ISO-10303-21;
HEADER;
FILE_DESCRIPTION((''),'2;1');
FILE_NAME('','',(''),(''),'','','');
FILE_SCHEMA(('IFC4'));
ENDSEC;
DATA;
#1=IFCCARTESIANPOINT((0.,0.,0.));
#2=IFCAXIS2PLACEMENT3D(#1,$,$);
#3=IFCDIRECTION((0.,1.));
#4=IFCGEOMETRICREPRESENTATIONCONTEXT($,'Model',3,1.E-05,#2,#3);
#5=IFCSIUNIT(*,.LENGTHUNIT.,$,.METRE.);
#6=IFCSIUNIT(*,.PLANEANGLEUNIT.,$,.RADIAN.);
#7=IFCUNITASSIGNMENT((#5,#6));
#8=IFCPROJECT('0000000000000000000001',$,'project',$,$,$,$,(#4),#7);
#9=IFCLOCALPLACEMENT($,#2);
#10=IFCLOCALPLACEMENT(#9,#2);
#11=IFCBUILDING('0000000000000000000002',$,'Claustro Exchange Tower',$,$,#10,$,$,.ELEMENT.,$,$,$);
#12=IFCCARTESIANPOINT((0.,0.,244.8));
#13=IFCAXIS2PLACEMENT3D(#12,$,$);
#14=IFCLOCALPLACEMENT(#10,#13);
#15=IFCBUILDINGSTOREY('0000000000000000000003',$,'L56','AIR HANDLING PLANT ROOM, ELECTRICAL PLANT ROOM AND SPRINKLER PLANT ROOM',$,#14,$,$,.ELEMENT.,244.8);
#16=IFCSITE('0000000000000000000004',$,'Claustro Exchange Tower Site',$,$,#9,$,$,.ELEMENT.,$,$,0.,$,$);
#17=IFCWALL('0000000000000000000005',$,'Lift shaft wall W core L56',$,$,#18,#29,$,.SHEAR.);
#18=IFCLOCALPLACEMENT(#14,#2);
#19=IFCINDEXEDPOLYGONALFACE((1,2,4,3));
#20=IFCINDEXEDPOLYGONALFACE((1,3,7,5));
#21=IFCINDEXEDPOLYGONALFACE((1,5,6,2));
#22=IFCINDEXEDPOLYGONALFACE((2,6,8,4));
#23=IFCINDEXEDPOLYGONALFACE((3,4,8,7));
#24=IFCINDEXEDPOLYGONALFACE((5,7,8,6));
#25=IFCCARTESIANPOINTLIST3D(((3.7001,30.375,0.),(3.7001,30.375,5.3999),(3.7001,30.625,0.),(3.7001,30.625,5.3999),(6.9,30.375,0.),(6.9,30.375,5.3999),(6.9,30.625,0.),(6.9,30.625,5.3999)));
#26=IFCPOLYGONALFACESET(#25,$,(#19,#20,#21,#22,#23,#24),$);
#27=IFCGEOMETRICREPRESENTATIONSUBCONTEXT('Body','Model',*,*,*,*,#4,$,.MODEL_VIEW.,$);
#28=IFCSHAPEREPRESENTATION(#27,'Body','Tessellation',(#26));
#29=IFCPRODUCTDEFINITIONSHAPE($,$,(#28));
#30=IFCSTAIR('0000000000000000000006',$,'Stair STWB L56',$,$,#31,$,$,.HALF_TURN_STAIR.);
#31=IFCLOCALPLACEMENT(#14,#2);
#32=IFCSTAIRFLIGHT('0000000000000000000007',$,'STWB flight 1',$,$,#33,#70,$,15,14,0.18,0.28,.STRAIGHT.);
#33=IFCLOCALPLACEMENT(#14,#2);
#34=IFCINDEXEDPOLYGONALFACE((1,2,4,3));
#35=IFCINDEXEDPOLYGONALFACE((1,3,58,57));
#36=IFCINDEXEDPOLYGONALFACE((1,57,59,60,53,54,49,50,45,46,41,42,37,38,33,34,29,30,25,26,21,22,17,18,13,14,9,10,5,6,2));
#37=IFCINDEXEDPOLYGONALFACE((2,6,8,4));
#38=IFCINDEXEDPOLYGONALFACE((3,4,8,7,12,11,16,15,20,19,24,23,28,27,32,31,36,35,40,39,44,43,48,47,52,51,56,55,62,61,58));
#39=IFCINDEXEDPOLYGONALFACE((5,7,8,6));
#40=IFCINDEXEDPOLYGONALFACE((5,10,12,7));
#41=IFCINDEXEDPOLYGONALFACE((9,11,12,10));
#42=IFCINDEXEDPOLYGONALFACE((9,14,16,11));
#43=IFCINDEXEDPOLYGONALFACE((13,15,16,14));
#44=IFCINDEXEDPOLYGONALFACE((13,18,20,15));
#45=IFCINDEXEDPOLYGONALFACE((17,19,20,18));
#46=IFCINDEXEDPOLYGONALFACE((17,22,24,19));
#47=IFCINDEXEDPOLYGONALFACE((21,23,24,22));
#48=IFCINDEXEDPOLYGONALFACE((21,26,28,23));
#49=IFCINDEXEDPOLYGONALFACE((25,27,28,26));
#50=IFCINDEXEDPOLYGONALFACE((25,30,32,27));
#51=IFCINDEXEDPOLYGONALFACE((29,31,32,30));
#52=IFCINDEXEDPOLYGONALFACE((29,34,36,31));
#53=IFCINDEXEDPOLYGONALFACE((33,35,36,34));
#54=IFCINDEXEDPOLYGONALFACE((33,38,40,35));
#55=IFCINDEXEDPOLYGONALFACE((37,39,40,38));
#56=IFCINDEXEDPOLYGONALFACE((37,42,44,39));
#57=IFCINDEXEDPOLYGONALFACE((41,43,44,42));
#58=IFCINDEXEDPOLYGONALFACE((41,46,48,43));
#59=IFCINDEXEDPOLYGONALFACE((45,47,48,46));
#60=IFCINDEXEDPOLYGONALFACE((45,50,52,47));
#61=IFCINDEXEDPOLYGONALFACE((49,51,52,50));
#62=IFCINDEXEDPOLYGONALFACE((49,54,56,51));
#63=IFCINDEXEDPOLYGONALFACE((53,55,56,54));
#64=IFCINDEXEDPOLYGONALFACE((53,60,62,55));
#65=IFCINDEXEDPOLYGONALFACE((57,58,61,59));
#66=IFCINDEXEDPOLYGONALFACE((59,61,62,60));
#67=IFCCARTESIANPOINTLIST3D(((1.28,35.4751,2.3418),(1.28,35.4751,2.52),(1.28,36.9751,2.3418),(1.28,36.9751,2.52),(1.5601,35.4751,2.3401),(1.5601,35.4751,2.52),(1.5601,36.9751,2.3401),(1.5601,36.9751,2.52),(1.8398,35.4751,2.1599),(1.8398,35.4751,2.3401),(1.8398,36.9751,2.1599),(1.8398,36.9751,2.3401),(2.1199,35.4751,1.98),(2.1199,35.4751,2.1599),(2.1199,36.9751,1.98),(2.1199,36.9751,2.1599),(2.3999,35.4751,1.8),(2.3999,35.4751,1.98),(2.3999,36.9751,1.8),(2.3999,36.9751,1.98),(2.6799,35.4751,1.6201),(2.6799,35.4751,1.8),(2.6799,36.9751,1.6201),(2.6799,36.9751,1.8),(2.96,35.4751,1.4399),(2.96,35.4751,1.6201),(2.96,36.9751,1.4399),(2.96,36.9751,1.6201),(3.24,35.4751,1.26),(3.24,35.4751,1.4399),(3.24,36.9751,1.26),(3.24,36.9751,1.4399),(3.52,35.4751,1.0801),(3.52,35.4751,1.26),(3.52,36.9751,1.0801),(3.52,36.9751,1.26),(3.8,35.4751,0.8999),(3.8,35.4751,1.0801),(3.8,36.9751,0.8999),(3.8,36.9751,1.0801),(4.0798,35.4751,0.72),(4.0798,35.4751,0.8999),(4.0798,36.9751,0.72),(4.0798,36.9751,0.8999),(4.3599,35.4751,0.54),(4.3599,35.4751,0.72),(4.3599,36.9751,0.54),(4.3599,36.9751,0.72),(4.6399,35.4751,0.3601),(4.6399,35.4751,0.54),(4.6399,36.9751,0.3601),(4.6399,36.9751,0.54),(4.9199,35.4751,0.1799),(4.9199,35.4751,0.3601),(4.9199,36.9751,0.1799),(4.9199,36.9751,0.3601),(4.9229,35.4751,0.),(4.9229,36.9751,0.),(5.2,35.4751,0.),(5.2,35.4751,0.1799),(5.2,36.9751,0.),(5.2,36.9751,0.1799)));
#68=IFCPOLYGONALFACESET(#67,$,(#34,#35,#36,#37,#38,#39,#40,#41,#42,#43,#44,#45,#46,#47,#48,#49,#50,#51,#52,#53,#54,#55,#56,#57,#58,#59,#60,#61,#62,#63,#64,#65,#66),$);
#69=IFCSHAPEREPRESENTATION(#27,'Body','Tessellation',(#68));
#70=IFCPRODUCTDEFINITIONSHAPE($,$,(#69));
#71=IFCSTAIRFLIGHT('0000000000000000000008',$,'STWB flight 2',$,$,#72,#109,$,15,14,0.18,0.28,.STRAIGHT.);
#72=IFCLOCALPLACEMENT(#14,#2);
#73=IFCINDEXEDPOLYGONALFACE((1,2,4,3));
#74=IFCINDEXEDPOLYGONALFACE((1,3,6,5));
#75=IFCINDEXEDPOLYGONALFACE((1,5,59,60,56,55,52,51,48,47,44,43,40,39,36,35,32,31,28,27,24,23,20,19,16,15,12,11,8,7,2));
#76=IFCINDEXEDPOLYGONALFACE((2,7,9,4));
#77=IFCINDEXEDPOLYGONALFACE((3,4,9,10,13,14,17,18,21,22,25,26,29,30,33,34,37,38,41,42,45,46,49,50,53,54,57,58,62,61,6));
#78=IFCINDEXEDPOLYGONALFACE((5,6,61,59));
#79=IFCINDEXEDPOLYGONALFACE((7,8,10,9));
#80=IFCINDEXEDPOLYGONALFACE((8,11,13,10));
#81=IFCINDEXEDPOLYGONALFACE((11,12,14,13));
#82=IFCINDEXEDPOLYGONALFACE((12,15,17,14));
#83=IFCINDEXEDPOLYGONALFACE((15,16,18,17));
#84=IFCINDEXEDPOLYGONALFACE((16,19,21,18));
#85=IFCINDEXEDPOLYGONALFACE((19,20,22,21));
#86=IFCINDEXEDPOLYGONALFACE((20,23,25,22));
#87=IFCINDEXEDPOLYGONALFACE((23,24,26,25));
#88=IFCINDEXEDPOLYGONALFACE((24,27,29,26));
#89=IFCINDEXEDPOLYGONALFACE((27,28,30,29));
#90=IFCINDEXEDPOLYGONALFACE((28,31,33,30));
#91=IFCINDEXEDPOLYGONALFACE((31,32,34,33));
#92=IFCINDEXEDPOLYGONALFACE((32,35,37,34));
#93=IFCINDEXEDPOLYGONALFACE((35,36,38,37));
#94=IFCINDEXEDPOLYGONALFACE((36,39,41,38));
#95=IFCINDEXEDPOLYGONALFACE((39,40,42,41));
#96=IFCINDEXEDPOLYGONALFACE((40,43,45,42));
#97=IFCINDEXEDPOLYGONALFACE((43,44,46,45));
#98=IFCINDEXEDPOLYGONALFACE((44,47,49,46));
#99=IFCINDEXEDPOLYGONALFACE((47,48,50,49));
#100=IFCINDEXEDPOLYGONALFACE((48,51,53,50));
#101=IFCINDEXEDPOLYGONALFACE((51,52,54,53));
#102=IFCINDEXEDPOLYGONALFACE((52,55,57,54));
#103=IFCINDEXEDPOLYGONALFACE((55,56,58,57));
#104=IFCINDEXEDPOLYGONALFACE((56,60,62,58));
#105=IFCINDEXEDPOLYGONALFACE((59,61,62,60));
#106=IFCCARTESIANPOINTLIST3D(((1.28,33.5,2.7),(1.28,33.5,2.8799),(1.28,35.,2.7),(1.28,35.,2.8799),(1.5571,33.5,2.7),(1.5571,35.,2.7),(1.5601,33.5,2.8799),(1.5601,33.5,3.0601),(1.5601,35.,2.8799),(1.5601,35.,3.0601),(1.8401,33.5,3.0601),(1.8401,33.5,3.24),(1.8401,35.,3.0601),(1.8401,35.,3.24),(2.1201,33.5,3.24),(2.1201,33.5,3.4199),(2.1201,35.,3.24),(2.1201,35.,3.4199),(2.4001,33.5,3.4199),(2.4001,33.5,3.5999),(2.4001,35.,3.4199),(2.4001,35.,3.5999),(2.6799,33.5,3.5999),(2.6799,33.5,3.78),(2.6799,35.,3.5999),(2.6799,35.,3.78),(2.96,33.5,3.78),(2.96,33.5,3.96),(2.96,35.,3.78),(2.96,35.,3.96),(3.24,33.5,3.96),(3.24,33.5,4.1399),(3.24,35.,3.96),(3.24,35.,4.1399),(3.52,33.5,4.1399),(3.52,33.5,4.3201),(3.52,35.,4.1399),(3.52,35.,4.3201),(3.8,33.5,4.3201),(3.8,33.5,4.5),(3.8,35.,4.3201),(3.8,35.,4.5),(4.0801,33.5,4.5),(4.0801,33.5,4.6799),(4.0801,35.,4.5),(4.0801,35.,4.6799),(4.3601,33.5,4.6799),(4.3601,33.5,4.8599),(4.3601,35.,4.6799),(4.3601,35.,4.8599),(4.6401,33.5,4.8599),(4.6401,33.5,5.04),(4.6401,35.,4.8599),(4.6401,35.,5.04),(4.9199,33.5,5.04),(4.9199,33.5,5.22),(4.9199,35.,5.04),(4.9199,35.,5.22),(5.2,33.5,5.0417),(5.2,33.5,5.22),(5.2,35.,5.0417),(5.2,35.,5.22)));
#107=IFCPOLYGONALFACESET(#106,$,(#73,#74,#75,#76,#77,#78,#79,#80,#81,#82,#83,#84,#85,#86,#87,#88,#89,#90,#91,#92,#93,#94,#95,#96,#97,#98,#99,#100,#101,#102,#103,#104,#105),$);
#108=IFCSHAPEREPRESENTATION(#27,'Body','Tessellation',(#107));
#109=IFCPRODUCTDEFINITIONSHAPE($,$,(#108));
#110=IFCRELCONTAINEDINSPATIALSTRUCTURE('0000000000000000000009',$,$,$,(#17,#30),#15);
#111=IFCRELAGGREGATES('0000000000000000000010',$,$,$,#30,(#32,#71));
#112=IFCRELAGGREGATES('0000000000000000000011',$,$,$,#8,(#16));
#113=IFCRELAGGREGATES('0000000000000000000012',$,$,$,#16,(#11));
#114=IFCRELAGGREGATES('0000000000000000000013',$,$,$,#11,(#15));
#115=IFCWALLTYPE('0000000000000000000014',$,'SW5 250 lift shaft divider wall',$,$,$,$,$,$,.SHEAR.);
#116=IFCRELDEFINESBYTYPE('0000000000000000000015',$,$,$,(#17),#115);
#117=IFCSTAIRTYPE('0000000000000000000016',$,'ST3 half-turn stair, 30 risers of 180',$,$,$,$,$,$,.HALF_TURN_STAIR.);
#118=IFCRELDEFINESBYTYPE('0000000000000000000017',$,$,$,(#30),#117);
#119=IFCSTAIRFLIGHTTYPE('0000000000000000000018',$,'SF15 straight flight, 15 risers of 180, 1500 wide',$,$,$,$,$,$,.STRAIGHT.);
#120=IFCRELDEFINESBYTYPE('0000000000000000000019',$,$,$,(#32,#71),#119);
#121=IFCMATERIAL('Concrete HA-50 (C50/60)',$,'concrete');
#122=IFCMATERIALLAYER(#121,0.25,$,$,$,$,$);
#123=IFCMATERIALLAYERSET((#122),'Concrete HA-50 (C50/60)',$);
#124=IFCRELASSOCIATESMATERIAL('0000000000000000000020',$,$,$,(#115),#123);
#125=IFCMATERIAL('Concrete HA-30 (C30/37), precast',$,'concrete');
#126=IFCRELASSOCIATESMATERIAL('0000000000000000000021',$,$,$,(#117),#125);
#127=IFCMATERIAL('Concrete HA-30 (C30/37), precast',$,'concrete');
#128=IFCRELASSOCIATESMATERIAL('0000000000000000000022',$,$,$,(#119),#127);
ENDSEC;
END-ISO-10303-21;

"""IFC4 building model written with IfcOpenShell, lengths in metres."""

from ifc_helpers import new_model, si_unit, direction, frame, frame_2d, origin, place, context, subcontext, project, spatial, polyline, rectangle, outline, extrude, material, layer, layer_set, type_object, element, aggregate, save


model = new_model("IFC4")

# Units and contexts
model_context = context("Model", 3, precision=1e-05, world=origin(), true_north=direction((0.0, 1.0)))
body_context = subcontext(model_context, "Body", "Model", "MODEL_VIEW")
ifc_project = project(units=[si_unit("LENGTHUNIT", "METRE"), si_unit("PLANEANGLEUNIT", "RADIAN")], contexts=[model_context])

# Site, building, storey
site_placement = place(None, origin())
site = spatial("IfcSite", under=ifc_project, at=site_placement, Name="Claustro Exchange Tower Site", CompositionType="ELEMENT", RefElevation=0.0)
building_placement = place(site_placement, origin())
building = spatial("IfcBuilding", under=site, at=building_placement, Name="Claustro Exchange Tower", CompositionType="ELEMENT")
storey_placement = place(building_placement, frame((0.0, 0.0, 244.8)))
storey = spatial("IfcBuildingStorey", under=building, at=storey_placement, Name="L56", Description="AIR HANDLING PLANT ROOM, ELECTRICAL PLANT ROOM AND SPRINKLER PLANT ROOM", CompositionType="ELEMENT", Elevation=244.8)

# Wall
ifc_material_1 = material(Name="Concrete HA-50 (C50/60)", Category="concrete")
ifc_layer_1 = layer(ifc_material_1, 0.25)
ifc_layer_set_1 = layer_set([ifc_layer_1], Name="Concrete HA-50 (C50/60)")
wall_type_1 = type_object("IfcWallType", Name="SW5 250 lift shaft divider wall", PredefinedType="SHEAR", material=ifc_layer_set_1)
wall_1_placement = place(storey_placement, frame((3.7, 30.5, 0.0), z_axis=(0.0, 0.0, 1.0), x_axis=(1.0, 0.0, 0.0)))
element("IfcWall", 1, at=wall_1_placement, inside=storey, type_object=wall_type_1, Name="Lift shaft wall W core L56", PredefinedType="SHEAR", context=body_context, shape_type="SweptSolid", body=[
    extrude(rectangle(XDim=3.2, YDim=0.25, at=frame_2d((1.6001, 0.0))), origin(), (0.0, 0.0, 1.0), 5.3999),
])

# Stair, stair flights
ifc_material_2 = material(Name="Concrete HA-30 (C30/37), precast", Category="concrete")
stair_type = type_object("IfcStairType", Name="ST3 half-turn stair, 30 risers of 180", PredefinedType="HALF_TURN_STAIR", material=ifc_material_2)
stair_placement = place(storey_placement, origin())
stair = element("IfcStair", 2, at=stair_placement, inside=storey, type_object=stair_type, Name="Stair STWB L56", PredefinedType="HALF_TURN_STAIR")
ifc_material_3 = material(Name="Concrete HA-30 (C30/37), precast", Category="concrete")
stair_flight_type = type_object("IfcStairFlightType", Name="SF15 straight flight, 15 risers of 180, 1500 wide", PredefinedType="STRAIGHT", material=ifc_material_3)
stair_flight_1_placement = place(storey_placement, frame((5.2, 36.2251, 0.0), z_axis=(0.0, 0.0, 1.0), x_axis=(-1.0, 0.0, 0.0)))
stair_flight_1 = element("IfcStairFlight", 3, at=stair_flight_1_placement, type_object=stair_flight_type, Name="STWB flight 1", NumberOfRisers=15, NumberOfTreads=14, PredefinedType="STRAIGHT", RiserHeight=0.18, TreadLength=0.28, context=body_context, shape_type="SweptSolid", body=[
    extrude(outline(polyline([(0.0, 0.0), (0.0, 0.1799), (0.28, 0.1799), (0.28, 0.3601), (0.5601, 0.3601), (0.5601, 0.54), (0.8401, 0.54), (0.8401, 0.72), (1.1201, 0.72), (1.1201, 0.8999), (1.3999, 0.8999), (1.3999, 1.0801), (1.6799, 1.0801), (1.6799, 1.26), (1.96, 1.26), (1.96, 1.4399), (2.24, 1.4399), (2.24, 1.6201), (2.52, 1.6201), (2.52, 1.8), (2.8, 1.8), (2.8, 1.98), (3.0801, 1.98), (3.0801, 2.1599), (3.3601, 2.1599), (3.3601, 2.3401), (3.6399, 2.3401), (3.6399, 2.52), (3.9199, 2.52), (3.9199, 2.7), (3.9199, 2.3418), (0.2771, 0.0), (0.0, 0.0)])), frame((0.0, 0.75, 0.0), z_axis=(0.0, -1.0, 0.0), x_axis=(1.0, 0.0, 0.0)), (0.0, 0.0, 1.0), 1.5),
])
stair_flight_2_placement = place(storey_placement, frame((1.28, 34.25, 2.7), z_axis=(0.0, 0.0, 1.0), x_axis=(1.0, 0.0, 0.0)))
stair_flight_2 = element("IfcStairFlight", 4, at=stair_flight_2_placement, type_object=stair_flight_type, Name="STWB flight 2", NumberOfRisers=15, NumberOfTreads=14, PredefinedType="STRAIGHT", RiserHeight=0.18, TreadLength=0.28, context=body_context, shape_type="SweptSolid", body=[
    extrude(outline(polyline([(0.0, 0.0), (0.0, 0.1799), (0.28, 0.1799), (0.28, 0.3601), (0.5601, 0.3601), (0.5601, 0.54), (0.8401, 0.54), (0.8401, 0.72), (1.1201, 0.72), (1.1201, 0.8999), (1.3999, 0.8999), (1.3999, 1.0801), (1.6799, 1.0801), (1.6799, 1.26), (1.96, 1.26), (1.96, 1.4399), (2.24, 1.4399), (2.24, 1.6201), (2.52, 1.6201), (2.52, 1.8), (2.8, 1.8), (2.8, 1.98), (3.0801, 1.98), (3.0801, 2.1599), (3.3601, 2.1599), (3.3601, 2.3401), (3.6399, 2.3401), (3.6399, 2.52), (3.9199, 2.52), (3.9199, 2.7), (3.9199, 2.3418), (0.2771, 0.0), (0.0, 0.0)])), frame((0.0, 0.75, 0.0), z_axis=(0.0, -1.0, 0.0), x_axis=(1.0, 0.0, 0.0)), (0.0, 0.0, 1.0), 1.5),
])
aggregate(stair, [stair_flight_1, stair_flight_2])

save(model, "model.ifc")
